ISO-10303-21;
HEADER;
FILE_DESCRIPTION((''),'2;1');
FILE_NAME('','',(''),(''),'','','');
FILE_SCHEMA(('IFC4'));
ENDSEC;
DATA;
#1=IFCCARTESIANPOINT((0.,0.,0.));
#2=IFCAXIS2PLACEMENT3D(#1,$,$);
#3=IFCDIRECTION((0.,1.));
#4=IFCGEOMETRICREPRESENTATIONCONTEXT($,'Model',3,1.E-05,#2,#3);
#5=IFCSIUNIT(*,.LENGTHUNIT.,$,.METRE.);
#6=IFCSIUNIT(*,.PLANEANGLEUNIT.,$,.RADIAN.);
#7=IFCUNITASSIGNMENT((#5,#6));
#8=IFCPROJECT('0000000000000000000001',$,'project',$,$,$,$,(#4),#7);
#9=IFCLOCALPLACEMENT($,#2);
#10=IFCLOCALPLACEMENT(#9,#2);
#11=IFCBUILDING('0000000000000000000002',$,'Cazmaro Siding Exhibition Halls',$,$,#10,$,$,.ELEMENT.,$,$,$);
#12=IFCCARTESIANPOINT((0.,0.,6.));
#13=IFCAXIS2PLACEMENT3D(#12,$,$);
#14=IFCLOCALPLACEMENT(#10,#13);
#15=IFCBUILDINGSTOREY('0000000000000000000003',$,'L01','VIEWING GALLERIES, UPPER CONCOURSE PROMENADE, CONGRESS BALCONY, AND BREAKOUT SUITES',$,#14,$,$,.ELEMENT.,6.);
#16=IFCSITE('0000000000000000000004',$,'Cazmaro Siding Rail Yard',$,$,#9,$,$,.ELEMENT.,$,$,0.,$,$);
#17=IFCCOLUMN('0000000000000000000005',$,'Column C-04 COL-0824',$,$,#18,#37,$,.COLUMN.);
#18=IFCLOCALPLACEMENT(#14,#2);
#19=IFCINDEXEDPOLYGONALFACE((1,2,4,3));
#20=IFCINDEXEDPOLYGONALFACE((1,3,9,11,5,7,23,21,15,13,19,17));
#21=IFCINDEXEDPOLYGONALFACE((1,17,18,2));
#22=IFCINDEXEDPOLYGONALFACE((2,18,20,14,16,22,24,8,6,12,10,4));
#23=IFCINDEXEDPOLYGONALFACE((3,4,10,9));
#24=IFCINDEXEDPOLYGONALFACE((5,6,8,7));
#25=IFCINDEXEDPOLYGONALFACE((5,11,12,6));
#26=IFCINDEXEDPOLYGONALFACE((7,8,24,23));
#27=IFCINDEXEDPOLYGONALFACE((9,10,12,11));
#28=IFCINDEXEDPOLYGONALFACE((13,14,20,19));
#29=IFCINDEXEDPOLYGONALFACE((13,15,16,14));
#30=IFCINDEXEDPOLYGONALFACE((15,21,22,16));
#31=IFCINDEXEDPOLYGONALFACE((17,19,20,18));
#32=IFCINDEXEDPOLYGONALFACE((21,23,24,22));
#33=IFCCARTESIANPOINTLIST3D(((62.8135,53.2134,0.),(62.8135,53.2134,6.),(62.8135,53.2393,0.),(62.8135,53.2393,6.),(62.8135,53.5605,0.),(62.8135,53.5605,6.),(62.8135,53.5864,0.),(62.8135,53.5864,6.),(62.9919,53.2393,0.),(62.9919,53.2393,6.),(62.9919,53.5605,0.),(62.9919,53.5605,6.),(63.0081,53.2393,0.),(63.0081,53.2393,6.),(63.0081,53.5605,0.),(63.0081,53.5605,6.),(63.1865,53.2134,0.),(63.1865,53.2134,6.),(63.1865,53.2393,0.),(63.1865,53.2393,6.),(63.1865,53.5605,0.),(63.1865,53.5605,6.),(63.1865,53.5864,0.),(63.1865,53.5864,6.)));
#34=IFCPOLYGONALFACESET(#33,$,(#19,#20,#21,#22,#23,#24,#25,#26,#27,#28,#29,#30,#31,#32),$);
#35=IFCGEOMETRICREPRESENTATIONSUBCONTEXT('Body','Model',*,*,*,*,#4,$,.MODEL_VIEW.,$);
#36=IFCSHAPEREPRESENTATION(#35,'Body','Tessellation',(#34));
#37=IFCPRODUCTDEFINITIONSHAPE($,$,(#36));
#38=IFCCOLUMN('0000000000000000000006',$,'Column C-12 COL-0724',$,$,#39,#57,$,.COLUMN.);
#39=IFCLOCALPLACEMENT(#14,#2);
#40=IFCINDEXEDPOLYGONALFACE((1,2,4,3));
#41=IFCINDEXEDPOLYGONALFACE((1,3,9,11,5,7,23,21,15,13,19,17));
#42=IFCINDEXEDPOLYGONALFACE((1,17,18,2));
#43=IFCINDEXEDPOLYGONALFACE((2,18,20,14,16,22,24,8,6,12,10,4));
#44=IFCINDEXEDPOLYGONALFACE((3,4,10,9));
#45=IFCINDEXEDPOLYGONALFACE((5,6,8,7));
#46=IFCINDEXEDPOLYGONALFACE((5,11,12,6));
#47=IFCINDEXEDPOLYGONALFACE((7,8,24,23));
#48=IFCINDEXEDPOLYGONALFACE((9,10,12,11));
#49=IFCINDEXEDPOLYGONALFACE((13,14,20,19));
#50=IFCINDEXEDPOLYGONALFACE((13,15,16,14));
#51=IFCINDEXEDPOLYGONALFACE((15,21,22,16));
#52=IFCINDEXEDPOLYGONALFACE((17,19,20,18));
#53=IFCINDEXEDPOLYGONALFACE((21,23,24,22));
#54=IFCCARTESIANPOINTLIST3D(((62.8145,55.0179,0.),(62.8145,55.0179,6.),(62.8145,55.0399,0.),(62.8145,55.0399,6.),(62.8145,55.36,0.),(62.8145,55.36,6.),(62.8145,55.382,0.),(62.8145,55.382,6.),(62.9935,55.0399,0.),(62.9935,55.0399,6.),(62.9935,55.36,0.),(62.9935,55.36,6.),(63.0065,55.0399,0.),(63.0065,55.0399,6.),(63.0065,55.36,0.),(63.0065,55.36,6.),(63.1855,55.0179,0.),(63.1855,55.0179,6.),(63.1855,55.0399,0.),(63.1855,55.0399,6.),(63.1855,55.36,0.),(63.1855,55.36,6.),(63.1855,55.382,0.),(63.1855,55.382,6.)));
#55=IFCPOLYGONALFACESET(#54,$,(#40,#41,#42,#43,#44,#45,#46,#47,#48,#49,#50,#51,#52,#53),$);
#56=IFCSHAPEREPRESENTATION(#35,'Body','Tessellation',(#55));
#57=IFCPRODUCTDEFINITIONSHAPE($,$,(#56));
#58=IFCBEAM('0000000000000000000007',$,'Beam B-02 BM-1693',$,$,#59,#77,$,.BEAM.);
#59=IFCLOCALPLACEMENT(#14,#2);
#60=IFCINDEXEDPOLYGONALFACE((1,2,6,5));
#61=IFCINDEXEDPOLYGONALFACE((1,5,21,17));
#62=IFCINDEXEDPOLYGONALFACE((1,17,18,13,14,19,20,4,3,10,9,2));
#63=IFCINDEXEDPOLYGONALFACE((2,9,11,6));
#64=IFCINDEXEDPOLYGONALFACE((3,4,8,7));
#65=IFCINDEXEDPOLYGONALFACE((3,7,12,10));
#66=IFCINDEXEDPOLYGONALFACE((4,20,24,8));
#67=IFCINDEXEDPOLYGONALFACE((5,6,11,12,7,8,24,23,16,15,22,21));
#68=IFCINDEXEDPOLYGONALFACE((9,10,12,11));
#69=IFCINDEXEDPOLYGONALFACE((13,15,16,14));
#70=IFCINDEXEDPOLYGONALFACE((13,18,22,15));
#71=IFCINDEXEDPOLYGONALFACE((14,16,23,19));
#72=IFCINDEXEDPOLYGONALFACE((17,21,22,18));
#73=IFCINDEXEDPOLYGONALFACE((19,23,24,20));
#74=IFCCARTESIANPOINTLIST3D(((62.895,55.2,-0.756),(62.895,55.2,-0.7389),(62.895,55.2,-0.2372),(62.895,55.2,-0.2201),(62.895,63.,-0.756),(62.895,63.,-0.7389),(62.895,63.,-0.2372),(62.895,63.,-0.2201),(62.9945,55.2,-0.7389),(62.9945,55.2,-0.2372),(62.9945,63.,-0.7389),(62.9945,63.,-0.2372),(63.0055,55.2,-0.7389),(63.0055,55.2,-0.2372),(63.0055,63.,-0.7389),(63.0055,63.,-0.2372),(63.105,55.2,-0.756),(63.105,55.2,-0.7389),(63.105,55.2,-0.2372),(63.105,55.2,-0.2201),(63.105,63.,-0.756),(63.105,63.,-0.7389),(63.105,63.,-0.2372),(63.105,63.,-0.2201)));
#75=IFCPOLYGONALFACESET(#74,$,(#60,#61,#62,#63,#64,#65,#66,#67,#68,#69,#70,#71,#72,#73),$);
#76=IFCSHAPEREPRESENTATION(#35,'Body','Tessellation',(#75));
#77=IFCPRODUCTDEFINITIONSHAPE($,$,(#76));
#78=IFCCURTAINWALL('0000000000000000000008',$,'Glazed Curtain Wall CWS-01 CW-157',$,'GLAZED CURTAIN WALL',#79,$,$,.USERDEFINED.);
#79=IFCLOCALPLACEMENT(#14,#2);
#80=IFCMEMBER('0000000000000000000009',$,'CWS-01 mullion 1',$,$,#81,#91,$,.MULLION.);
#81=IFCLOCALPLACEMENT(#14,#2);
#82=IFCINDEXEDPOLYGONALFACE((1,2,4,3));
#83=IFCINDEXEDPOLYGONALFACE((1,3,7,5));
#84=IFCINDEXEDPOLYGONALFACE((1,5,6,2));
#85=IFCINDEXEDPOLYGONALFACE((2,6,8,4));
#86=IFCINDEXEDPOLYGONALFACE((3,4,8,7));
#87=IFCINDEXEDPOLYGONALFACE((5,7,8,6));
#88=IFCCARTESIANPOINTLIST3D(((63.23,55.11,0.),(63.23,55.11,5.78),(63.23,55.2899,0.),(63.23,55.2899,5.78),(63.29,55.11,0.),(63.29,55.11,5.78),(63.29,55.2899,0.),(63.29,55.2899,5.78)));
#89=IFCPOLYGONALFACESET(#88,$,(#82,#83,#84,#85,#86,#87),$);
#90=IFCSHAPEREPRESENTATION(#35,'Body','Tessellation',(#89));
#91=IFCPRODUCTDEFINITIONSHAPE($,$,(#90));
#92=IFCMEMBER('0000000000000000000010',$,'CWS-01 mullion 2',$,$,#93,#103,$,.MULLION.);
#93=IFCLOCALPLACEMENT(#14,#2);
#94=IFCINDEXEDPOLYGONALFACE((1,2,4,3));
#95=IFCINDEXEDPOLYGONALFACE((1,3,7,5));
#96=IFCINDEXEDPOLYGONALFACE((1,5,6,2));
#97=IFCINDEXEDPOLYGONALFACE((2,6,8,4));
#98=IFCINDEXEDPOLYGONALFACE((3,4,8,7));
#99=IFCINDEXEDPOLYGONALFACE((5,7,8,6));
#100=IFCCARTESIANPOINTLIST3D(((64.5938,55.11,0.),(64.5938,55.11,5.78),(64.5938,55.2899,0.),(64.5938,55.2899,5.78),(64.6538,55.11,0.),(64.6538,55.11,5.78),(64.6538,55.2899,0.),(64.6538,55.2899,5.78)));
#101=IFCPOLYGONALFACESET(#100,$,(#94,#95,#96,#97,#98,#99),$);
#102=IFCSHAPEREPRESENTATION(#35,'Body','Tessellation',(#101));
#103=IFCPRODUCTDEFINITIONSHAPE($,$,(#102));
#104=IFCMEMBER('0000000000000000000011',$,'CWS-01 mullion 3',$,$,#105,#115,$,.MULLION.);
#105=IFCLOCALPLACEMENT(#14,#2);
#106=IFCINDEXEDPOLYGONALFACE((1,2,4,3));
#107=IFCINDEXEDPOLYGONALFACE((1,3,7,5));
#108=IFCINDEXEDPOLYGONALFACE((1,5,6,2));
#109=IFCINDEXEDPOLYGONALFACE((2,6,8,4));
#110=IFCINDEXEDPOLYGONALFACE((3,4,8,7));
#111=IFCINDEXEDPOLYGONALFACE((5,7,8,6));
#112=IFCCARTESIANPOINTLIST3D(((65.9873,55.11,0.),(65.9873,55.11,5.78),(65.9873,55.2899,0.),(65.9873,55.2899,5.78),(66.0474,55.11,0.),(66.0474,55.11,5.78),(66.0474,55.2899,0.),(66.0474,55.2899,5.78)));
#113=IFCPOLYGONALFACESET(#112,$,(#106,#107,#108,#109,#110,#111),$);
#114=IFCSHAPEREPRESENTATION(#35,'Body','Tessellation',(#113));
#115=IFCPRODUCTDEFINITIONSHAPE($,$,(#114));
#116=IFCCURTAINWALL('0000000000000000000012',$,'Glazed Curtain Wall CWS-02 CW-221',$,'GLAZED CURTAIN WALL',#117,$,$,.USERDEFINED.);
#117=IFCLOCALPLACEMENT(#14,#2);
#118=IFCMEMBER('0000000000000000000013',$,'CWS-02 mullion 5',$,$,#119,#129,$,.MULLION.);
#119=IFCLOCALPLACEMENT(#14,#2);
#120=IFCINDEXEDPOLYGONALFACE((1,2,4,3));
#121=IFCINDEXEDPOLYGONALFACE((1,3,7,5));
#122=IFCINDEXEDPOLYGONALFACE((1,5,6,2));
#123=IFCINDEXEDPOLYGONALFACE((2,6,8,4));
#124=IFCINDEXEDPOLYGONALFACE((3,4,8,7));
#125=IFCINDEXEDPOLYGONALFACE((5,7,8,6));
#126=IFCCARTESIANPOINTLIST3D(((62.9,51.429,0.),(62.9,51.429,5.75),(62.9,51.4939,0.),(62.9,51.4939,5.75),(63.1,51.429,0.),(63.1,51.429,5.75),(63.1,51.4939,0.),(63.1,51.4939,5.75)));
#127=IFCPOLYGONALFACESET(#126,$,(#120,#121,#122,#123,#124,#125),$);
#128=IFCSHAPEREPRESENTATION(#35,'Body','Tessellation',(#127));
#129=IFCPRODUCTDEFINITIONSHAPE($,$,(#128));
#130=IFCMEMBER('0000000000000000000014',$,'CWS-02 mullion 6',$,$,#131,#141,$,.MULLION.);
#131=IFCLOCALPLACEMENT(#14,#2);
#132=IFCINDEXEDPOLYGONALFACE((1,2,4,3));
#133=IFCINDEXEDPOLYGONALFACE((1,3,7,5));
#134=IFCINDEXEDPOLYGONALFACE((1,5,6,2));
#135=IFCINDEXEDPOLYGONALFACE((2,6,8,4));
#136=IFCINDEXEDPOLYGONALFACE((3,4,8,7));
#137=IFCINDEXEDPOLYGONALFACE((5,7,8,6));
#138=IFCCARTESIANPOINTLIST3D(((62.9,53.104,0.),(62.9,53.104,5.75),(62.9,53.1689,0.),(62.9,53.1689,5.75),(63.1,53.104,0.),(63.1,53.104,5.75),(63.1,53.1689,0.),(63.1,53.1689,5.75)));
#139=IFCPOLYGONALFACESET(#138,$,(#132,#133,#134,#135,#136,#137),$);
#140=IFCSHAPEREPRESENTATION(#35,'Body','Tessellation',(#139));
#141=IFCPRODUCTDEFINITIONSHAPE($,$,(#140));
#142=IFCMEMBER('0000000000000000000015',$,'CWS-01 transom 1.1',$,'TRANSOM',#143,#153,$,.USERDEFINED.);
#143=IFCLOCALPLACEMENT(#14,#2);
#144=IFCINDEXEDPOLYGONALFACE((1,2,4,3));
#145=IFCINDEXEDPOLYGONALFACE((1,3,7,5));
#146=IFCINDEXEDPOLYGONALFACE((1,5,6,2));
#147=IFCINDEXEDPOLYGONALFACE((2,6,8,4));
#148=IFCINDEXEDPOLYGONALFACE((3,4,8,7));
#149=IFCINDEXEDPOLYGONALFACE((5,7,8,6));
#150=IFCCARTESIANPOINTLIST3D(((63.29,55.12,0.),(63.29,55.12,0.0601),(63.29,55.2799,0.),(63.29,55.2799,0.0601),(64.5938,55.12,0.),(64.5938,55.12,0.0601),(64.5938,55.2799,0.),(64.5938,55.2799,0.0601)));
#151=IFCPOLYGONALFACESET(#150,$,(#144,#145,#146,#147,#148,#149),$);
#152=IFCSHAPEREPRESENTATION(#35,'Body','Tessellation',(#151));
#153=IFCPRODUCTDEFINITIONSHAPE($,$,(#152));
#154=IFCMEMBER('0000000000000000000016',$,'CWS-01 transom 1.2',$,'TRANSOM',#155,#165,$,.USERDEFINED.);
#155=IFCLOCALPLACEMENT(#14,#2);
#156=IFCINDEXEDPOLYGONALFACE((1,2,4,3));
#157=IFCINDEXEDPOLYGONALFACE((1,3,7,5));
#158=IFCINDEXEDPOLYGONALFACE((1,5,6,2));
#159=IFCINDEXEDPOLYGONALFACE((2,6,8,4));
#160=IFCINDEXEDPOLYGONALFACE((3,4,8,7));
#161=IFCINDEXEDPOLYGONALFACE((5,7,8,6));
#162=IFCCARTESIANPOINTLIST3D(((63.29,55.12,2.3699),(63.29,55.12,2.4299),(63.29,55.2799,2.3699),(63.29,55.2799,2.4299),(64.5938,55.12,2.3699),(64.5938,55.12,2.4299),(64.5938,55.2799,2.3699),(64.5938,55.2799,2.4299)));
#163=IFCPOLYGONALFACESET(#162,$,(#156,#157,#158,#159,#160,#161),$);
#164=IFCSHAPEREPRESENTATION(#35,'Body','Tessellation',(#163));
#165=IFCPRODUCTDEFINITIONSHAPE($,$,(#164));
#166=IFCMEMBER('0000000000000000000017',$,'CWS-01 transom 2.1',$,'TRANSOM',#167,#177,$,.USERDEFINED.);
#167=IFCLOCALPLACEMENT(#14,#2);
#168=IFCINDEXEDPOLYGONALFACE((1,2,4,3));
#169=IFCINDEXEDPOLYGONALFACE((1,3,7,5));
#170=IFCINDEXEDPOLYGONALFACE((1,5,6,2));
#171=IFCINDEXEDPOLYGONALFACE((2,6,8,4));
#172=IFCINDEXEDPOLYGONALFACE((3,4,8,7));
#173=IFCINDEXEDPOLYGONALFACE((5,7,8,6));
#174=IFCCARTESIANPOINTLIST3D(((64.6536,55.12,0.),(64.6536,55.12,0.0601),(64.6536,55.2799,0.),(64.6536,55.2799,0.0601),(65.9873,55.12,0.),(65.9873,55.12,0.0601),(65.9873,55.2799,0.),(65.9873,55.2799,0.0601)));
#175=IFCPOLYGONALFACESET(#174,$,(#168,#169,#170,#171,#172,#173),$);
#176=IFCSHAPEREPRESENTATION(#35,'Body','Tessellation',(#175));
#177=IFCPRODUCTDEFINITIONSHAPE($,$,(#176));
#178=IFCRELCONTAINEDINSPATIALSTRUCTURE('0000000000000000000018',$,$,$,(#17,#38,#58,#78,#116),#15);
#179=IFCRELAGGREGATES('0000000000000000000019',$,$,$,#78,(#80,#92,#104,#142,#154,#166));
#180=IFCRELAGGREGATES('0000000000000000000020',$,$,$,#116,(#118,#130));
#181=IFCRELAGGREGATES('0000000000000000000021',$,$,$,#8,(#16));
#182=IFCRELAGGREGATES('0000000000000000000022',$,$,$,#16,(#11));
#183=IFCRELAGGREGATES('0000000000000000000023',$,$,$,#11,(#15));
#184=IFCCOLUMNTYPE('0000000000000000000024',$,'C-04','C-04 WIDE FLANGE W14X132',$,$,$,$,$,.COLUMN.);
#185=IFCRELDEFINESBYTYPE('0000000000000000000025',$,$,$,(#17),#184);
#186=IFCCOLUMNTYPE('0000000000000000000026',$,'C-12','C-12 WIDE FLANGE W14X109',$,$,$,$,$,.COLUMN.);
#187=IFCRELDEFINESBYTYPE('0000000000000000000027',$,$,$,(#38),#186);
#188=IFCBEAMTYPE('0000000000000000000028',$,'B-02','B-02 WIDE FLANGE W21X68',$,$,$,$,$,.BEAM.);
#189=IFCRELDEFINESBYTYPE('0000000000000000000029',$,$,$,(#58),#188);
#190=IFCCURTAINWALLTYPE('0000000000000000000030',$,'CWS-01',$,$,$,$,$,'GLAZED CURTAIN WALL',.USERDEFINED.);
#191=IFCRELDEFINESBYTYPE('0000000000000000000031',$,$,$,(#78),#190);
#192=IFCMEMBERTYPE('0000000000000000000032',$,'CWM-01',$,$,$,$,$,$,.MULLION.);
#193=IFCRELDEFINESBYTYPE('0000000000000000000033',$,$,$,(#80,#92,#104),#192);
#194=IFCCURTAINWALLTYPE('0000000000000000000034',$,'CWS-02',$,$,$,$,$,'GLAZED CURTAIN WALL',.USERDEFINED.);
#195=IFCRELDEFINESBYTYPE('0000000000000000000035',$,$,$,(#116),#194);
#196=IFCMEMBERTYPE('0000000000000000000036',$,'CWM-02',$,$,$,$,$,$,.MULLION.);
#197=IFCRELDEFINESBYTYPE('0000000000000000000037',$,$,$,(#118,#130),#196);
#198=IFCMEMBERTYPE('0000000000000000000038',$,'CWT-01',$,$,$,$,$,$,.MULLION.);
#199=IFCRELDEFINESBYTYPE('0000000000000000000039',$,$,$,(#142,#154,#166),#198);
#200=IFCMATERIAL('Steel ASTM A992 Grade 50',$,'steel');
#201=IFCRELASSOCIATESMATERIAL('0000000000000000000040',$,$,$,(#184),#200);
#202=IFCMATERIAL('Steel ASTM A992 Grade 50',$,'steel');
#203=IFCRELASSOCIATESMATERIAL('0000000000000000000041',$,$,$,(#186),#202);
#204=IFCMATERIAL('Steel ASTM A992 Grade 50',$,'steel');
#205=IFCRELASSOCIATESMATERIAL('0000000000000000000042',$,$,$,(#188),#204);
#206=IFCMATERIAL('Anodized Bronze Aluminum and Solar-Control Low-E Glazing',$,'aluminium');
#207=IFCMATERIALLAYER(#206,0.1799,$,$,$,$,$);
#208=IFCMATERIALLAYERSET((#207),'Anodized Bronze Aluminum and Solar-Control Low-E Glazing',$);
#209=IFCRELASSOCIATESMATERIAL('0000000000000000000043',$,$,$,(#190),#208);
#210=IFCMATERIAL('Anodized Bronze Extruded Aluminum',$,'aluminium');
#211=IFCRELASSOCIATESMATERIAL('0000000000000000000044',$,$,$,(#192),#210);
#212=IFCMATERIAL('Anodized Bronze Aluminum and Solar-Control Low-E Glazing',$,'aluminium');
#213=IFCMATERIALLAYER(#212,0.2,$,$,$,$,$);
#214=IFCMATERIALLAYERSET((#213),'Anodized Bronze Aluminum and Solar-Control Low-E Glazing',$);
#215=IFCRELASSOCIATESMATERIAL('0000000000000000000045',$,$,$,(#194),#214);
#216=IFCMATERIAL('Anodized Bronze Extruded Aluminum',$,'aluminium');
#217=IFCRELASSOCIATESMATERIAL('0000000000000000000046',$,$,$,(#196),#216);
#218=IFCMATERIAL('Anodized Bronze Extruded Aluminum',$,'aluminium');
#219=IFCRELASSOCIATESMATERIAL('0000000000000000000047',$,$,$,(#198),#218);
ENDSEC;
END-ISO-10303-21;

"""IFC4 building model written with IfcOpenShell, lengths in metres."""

from ifc_helpers import new_model, si_unit, direction, frame, origin, origin_2d, place, context, subcontext, project, spatial, rectangle, i_section, extrude, material, layer, layer_set, material_profile, profile_set, type_object, element, aggregate, save


model = new_model("IFC4")

# Units and contexts
model_context = context("Model", 3, precision=1e-05, world=origin(), true_north=direction((0.0, 1.0)))
body_context = subcontext(model_context, "Body", "Model", "MODEL_VIEW")
ifc_project = project(units=[si_unit("LENGTHUNIT", "METRE"), si_unit("PLANEANGLEUNIT", "RADIAN")], contexts=[model_context])

# Site, building, storey
site_placement = place(None, origin())
site = spatial("IfcSite", under=ifc_project, at=site_placement, Name="Cazmaro Siding Rail Yard", CompositionType="ELEMENT", RefElevation=0.0)
building_placement = place(site_placement, origin())
building = spatial("IfcBuilding", under=site, at=building_placement, Name="Cazmaro Siding Exhibition Halls", CompositionType="ELEMENT")
storey_placement = place(building_placement, frame((0.0, 0.0, 6.0)))
storey = spatial("IfcBuildingStorey", under=building, at=storey_placement, Name="L01", Description="VIEWING GALLERIES, UPPER CONCOURSE PROMENADE, CONGRESS BALCONY, AND BREAKOUT SUITES", CompositionType="ELEMENT", Elevation=6.0)

# Columns
ifc_material_1 = material(Name="Steel ASTM A992 Grade 50", Category="steel")
ifc_material_profile_1 = material_profile(ifc_material_1, i_section(OverallWidth=0.373, OverallDepth=0.373, WebThickness=0.0161, FlangeThickness=0.0259, at=origin_2d()), Name="W14X132")
ifc_profile_set_1 = profile_set([ifc_material_profile_1], Name="Steel ASTM A992 Grade 50")
column_type_1 = type_object("IfcColumnType", Name="C-04", Description="C-04 WIDE FLANGE W14X132", PredefinedType="COLUMN", material=ifc_profile_set_1)
column_1_placement = place(storey_placement, frame((63.0, 53.3999, 0.0), z_axis=(0.0, 0.0, 1.0), x_axis=(1.0, 0.0, 0.0)))
element("IfcColumn", 1, at=column_1_placement, inside=storey, type_object=column_type_1, Name="Column C-04 COL-0824", PredefinedType="COLUMN", context=body_context, shape_type="SweptSolid", body=[
    extrude(i_section(OverallWidth=0.373, OverallDepth=0.373, WebThickness=0.0161, FlangeThickness=0.0259, at=origin_2d()), origin(), (0.0, 0.0, 1.0), 6.0),
])
ifc_material_2 = material(Name="Steel ASTM A992 Grade 50", Category="steel")
ifc_material_profile_2 = material_profile(ifc_material_2, i_section(OverallWidth=0.3711, OverallDepth=0.364, WebThickness=0.0129, FlangeThickness=0.022, at=origin_2d()), Name="W14X109")
ifc_profile_set_2 = profile_set([ifc_material_profile_2], Name="Steel ASTM A992 Grade 50")
column_type_2 = type_object("IfcColumnType", Name="C-12", Description="C-12 WIDE FLANGE W14X109", PredefinedType="COLUMN", material=ifc_profile_set_2)
column_2_placement = place(storey_placement, frame((63.0, 55.2, 0.0), z_axis=(0.0, 0.0, 1.0), x_axis=(1.0, 0.0, 0.0)))
element("IfcColumn", 2, at=column_2_placement, inside=storey, type_object=column_type_2, Name="Column C-12 COL-0724", PredefinedType="COLUMN", context=body_context, shape_type="SweptSolid", body=[
    extrude(i_section(OverallWidth=0.3711, OverallDepth=0.364, WebThickness=0.0129, FlangeThickness=0.022, at=origin_2d()), origin(), (0.0, 0.0, 1.0), 6.0),
])

# Beam
ifc_material_3 = material(Name="Steel ASTM A992 Grade 50", Category="steel")
ifc_material_profile_3 = material_profile(ifc_material_3, i_section(OverallWidth=0.21, OverallDepth=0.5359, WebThickness=0.011, FlangeThickness=0.0171, at=origin_2d()), Name="W21X68")
ifc_profile_set_3 = profile_set([ifc_material_profile_3], Name="Steel ASTM A992 Grade 50")
beam_type_1 = type_object("IfcBeamType", Name="B-02", Description="B-02 WIDE FLANGE W21X68", PredefinedType="BEAM", material=ifc_profile_set_3)
beam_1_placement = place(storey_placement, frame((63.0, 55.2, -0.488), z_axis=(0.0, 1.0, 0.0), x_axis=(-1.0, 0.0, 0.0)))
element("IfcBeam", 3, at=beam_1_placement, inside=storey, type_object=beam_type_1, Name="Beam B-02 BM-1693", PredefinedType="BEAM", context=body_context, shape_type="SweptSolid", body=[
    extrude(i_section(OverallWidth=0.21, OverallDepth=0.5359, WebThickness=0.011, FlangeThickness=0.0171, at=origin_2d()), origin(), (0.0, 0.0, 1.0), 7.8),
])

# Curtain walls, members
ifc_material_4 = material(Name="Anodized Bronze Aluminum and Solar-Control Low-E Glazing", Category="aluminium")
ifc_layer_1 = layer(ifc_material_4, 0.1799)
ifc_layer_set_1 = layer_set([ifc_layer_1], Name="Anodized Bronze Aluminum and Solar-Control Low-E Glazing")
curtain_wall_type_1 = type_object("IfcCurtainWallType", Name="CWS-01", ElementType="GLAZED CURTAIN WALL", PredefinedType="USERDEFINED", material=ifc_layer_set_1)
curtain_wall_1_placement = place(storey_placement, origin())
curtain_wall_1 = element("IfcCurtainWall", 4, at=curtain_wall_1_placement, inside=storey, type_object=curtain_wall_type_1, Name="Glazed Curtain Wall CWS-01 CW-157", ObjectType="GLAZED CURTAIN WALL", PredefinedType="USERDEFINED")
ifc_material_5 = material(Name="Anodized Bronze Extruded Aluminum", Category="aluminium")
ifc_material_profile_4 = material_profile(ifc_material_5, rectangle(XDim=0.1799, YDim=0.0601, at=origin_2d()), Name="CWM-01")
ifc_profile_set_4 = profile_set([ifc_material_profile_4], Name="Anodized Bronze Extruded Aluminum")
member_type_1 = type_object("IfcMemberType", Name="CWM-01", PredefinedType="MULLION", material=ifc_profile_set_4)
member_1_placement = place(storey_placement, frame((63.26, 55.2, 0.0), z_axis=(0.0, 0.0, 1.0), x_axis=(0.0, 1.0, 0.0)))
member_1 = element("IfcMember", 5, at=member_1_placement, type_object=member_type_1, Name="CWS-01 mullion 1", PredefinedType="MULLION", context=body_context, shape_type="SweptSolid", body=[
    extrude(rectangle(XDim=0.1799, YDim=0.0601, at=origin_2d()), origin(), (0.0, 0.0, 1.0), 5.78),
])
member_2_placement = place(storey_placement, frame((64.6238, 55.2, 0.0), z_axis=(0.0, 0.0, 1.0), x_axis=(0.0, 1.0, 0.0)))
member_2 = element("IfcMember", 6, at=member_2_placement, type_object=member_type_1, Name="CWS-01 mullion 2", PredefinedType="MULLION", context=body_context, shape_type="SweptSolid", body=[
    extrude(rectangle(XDim=0.1799, YDim=0.0601, at=origin_2d()), origin(), (0.0, 0.0, 1.0), 5.78),
])
member_3_placement = place(storey_placement, frame((66.0173, 55.2, 0.0), z_axis=(0.0, 0.0, 1.0), x_axis=(0.0, 1.0, 0.0)))
member_3 = element("IfcMember", 7, at=member_3_placement, type_object=member_type_1, Name="CWS-01 mullion 3", PredefinedType="MULLION", context=body_context, shape_type="SweptSolid", body=[
    extrude(rectangle(XDim=0.1799, YDim=0.0601, at=origin_2d()), origin(), (0.0, 0.0, 1.0), 5.78),
])
ifc_material_6 = material(Name="Anodized Bronze Aluminum and Solar-Control Low-E Glazing", Category="aluminium")
ifc_layer_2 = layer(ifc_material_6, 0.2)
ifc_layer_set_2 = layer_set([ifc_layer_2], Name="Anodized Bronze Aluminum and Solar-Control Low-E Glazing")
curtain_wall_type_2 = type_object("IfcCurtainWallType", Name="CWS-02", ElementType="GLAZED CURTAIN WALL", PredefinedType="USERDEFINED", material=ifc_layer_set_2)
curtain_wall_2_placement = place(storey_placement, origin())
curtain_wall_2 = element("IfcCurtainWall", 8, at=curtain_wall_2_placement, inside=storey, type_object=curtain_wall_type_2, Name="Glazed Curtain Wall CWS-02 CW-221", ObjectType="GLAZED CURTAIN WALL", PredefinedType="USERDEFINED")
ifc_material_7 = material(Name="Anodized Bronze Extruded Aluminum", Category="aluminium")
ifc_material_profile_5 = material_profile(ifc_material_7, rectangle(XDim=0.2, YDim=0.0649, at=origin_2d()), Name="CWM-02")
ifc_profile_set_5 = profile_set([ifc_material_profile_5], Name="Anodized Bronze Extruded Aluminum")
member_type_2 = type_object("IfcMemberType", Name="CWM-02", PredefinedType="MULLION", material=ifc_profile_set_5)
member_4_placement = place(storey_placement, frame((63.0, 51.4614, 0.0), z_axis=(0.0, 0.0, 1.0), x_axis=(-1.0, 0.0, 0.0)))
member_4 = element("IfcMember", 9, at=member_4_placement, type_object=member_type_2, Name="CWS-02 mullion 5", PredefinedType="MULLION", context=body_context, shape_type="SweptSolid", body=[
    extrude(rectangle(XDim=0.2, YDim=0.0649, at=origin_2d()), origin(), (0.0, 0.0, 1.0), 5.75),
])
member_5_placement = place(storey_placement, frame((63.0, 53.1365, 0.0), z_axis=(0.0, 0.0, 1.0), x_axis=(-1.0, 0.0, 0.0)))
member_5 = element("IfcMember", 10, at=member_5_placement, type_object=member_type_2, Name="CWS-02 mullion 6", PredefinedType="MULLION", context=body_context, shape_type="SweptSolid", body=[
    extrude(rectangle(XDim=0.2, YDim=0.0649, at=origin_2d()), origin(), (0.0, 0.0, 1.0), 5.75),
])

# Members
ifc_material_8 = material(Name="Anodized Bronze Extruded Aluminum", Category="aluminium")
ifc_material_profile_6 = material_profile(ifc_material_8, rectangle(XDim=0.1599, YDim=0.0601, at=origin_2d()), Name="CWT-01")
ifc_profile_set_6 = profile_set([ifc_material_profile_6], Name="Anodized Bronze Extruded Aluminum")
member_type_3 = type_object("IfcMemberType", Name="CWT-01", PredefinedType="MULLION", material=ifc_profile_set_6)
member_6_placement = place(storey_placement, frame((63.29, 55.2, 0.03), z_axis=(1.0, 0.0, 0.0), x_axis=(0.0, 1.0, 0.0)))
member_6 = element("IfcMember", 11, at=member_6_placement, type_object=member_type_3, Name="CWS-01 transom 1.1", ObjectType="TRANSOM", PredefinedType="USERDEFINED", context=body_context, shape_type="SweptSolid", body=[
    extrude(rectangle(XDim=0.1599, YDim=0.0601, at=origin_2d()), origin(), (0.0, 0.0, 1.0), 1.3037),
])
member_7_placement = place(storey_placement, frame((63.29, 55.2, 2.3999), z_axis=(1.0, 0.0, 0.0), x_axis=(0.0, 1.0, 0.0)))
member_7 = element("IfcMember", 12, at=member_7_placement, type_object=member_type_3, Name="CWS-01 transom 1.2", ObjectType="TRANSOM", PredefinedType="USERDEFINED", context=body_context, shape_type="SweptSolid", body=[
    extrude(rectangle(XDim=0.1599, YDim=0.0601, at=origin_2d()), origin(), (0.0, 0.0, 1.0), 1.3037),
])
member_8_placement = place(storey_placement, frame((64.6536, 55.2, 0.03), z_axis=(1.0, 0.0, 0.0), x_axis=(0.0, 1.0, 0.0)))
member_8 = element("IfcMember", 13, at=member_8_placement, type_object=member_type_3, Name="CWS-01 transom 2.1", ObjectType="TRANSOM", PredefinedType="USERDEFINED", context=body_context, shape_type="SweptSolid", body=[
    extrude(rectangle(XDim=0.1599, YDim=0.0601, at=origin_2d()), origin(), (0.0, 0.0, 1.0), 1.3337),
])

aggregate(curtain_wall_1, [member_1, member_2, member_3, member_6, member_7, member_8])
aggregate(curtain_wall_2, [member_4, member_5])

save(model, "model.ifc")
